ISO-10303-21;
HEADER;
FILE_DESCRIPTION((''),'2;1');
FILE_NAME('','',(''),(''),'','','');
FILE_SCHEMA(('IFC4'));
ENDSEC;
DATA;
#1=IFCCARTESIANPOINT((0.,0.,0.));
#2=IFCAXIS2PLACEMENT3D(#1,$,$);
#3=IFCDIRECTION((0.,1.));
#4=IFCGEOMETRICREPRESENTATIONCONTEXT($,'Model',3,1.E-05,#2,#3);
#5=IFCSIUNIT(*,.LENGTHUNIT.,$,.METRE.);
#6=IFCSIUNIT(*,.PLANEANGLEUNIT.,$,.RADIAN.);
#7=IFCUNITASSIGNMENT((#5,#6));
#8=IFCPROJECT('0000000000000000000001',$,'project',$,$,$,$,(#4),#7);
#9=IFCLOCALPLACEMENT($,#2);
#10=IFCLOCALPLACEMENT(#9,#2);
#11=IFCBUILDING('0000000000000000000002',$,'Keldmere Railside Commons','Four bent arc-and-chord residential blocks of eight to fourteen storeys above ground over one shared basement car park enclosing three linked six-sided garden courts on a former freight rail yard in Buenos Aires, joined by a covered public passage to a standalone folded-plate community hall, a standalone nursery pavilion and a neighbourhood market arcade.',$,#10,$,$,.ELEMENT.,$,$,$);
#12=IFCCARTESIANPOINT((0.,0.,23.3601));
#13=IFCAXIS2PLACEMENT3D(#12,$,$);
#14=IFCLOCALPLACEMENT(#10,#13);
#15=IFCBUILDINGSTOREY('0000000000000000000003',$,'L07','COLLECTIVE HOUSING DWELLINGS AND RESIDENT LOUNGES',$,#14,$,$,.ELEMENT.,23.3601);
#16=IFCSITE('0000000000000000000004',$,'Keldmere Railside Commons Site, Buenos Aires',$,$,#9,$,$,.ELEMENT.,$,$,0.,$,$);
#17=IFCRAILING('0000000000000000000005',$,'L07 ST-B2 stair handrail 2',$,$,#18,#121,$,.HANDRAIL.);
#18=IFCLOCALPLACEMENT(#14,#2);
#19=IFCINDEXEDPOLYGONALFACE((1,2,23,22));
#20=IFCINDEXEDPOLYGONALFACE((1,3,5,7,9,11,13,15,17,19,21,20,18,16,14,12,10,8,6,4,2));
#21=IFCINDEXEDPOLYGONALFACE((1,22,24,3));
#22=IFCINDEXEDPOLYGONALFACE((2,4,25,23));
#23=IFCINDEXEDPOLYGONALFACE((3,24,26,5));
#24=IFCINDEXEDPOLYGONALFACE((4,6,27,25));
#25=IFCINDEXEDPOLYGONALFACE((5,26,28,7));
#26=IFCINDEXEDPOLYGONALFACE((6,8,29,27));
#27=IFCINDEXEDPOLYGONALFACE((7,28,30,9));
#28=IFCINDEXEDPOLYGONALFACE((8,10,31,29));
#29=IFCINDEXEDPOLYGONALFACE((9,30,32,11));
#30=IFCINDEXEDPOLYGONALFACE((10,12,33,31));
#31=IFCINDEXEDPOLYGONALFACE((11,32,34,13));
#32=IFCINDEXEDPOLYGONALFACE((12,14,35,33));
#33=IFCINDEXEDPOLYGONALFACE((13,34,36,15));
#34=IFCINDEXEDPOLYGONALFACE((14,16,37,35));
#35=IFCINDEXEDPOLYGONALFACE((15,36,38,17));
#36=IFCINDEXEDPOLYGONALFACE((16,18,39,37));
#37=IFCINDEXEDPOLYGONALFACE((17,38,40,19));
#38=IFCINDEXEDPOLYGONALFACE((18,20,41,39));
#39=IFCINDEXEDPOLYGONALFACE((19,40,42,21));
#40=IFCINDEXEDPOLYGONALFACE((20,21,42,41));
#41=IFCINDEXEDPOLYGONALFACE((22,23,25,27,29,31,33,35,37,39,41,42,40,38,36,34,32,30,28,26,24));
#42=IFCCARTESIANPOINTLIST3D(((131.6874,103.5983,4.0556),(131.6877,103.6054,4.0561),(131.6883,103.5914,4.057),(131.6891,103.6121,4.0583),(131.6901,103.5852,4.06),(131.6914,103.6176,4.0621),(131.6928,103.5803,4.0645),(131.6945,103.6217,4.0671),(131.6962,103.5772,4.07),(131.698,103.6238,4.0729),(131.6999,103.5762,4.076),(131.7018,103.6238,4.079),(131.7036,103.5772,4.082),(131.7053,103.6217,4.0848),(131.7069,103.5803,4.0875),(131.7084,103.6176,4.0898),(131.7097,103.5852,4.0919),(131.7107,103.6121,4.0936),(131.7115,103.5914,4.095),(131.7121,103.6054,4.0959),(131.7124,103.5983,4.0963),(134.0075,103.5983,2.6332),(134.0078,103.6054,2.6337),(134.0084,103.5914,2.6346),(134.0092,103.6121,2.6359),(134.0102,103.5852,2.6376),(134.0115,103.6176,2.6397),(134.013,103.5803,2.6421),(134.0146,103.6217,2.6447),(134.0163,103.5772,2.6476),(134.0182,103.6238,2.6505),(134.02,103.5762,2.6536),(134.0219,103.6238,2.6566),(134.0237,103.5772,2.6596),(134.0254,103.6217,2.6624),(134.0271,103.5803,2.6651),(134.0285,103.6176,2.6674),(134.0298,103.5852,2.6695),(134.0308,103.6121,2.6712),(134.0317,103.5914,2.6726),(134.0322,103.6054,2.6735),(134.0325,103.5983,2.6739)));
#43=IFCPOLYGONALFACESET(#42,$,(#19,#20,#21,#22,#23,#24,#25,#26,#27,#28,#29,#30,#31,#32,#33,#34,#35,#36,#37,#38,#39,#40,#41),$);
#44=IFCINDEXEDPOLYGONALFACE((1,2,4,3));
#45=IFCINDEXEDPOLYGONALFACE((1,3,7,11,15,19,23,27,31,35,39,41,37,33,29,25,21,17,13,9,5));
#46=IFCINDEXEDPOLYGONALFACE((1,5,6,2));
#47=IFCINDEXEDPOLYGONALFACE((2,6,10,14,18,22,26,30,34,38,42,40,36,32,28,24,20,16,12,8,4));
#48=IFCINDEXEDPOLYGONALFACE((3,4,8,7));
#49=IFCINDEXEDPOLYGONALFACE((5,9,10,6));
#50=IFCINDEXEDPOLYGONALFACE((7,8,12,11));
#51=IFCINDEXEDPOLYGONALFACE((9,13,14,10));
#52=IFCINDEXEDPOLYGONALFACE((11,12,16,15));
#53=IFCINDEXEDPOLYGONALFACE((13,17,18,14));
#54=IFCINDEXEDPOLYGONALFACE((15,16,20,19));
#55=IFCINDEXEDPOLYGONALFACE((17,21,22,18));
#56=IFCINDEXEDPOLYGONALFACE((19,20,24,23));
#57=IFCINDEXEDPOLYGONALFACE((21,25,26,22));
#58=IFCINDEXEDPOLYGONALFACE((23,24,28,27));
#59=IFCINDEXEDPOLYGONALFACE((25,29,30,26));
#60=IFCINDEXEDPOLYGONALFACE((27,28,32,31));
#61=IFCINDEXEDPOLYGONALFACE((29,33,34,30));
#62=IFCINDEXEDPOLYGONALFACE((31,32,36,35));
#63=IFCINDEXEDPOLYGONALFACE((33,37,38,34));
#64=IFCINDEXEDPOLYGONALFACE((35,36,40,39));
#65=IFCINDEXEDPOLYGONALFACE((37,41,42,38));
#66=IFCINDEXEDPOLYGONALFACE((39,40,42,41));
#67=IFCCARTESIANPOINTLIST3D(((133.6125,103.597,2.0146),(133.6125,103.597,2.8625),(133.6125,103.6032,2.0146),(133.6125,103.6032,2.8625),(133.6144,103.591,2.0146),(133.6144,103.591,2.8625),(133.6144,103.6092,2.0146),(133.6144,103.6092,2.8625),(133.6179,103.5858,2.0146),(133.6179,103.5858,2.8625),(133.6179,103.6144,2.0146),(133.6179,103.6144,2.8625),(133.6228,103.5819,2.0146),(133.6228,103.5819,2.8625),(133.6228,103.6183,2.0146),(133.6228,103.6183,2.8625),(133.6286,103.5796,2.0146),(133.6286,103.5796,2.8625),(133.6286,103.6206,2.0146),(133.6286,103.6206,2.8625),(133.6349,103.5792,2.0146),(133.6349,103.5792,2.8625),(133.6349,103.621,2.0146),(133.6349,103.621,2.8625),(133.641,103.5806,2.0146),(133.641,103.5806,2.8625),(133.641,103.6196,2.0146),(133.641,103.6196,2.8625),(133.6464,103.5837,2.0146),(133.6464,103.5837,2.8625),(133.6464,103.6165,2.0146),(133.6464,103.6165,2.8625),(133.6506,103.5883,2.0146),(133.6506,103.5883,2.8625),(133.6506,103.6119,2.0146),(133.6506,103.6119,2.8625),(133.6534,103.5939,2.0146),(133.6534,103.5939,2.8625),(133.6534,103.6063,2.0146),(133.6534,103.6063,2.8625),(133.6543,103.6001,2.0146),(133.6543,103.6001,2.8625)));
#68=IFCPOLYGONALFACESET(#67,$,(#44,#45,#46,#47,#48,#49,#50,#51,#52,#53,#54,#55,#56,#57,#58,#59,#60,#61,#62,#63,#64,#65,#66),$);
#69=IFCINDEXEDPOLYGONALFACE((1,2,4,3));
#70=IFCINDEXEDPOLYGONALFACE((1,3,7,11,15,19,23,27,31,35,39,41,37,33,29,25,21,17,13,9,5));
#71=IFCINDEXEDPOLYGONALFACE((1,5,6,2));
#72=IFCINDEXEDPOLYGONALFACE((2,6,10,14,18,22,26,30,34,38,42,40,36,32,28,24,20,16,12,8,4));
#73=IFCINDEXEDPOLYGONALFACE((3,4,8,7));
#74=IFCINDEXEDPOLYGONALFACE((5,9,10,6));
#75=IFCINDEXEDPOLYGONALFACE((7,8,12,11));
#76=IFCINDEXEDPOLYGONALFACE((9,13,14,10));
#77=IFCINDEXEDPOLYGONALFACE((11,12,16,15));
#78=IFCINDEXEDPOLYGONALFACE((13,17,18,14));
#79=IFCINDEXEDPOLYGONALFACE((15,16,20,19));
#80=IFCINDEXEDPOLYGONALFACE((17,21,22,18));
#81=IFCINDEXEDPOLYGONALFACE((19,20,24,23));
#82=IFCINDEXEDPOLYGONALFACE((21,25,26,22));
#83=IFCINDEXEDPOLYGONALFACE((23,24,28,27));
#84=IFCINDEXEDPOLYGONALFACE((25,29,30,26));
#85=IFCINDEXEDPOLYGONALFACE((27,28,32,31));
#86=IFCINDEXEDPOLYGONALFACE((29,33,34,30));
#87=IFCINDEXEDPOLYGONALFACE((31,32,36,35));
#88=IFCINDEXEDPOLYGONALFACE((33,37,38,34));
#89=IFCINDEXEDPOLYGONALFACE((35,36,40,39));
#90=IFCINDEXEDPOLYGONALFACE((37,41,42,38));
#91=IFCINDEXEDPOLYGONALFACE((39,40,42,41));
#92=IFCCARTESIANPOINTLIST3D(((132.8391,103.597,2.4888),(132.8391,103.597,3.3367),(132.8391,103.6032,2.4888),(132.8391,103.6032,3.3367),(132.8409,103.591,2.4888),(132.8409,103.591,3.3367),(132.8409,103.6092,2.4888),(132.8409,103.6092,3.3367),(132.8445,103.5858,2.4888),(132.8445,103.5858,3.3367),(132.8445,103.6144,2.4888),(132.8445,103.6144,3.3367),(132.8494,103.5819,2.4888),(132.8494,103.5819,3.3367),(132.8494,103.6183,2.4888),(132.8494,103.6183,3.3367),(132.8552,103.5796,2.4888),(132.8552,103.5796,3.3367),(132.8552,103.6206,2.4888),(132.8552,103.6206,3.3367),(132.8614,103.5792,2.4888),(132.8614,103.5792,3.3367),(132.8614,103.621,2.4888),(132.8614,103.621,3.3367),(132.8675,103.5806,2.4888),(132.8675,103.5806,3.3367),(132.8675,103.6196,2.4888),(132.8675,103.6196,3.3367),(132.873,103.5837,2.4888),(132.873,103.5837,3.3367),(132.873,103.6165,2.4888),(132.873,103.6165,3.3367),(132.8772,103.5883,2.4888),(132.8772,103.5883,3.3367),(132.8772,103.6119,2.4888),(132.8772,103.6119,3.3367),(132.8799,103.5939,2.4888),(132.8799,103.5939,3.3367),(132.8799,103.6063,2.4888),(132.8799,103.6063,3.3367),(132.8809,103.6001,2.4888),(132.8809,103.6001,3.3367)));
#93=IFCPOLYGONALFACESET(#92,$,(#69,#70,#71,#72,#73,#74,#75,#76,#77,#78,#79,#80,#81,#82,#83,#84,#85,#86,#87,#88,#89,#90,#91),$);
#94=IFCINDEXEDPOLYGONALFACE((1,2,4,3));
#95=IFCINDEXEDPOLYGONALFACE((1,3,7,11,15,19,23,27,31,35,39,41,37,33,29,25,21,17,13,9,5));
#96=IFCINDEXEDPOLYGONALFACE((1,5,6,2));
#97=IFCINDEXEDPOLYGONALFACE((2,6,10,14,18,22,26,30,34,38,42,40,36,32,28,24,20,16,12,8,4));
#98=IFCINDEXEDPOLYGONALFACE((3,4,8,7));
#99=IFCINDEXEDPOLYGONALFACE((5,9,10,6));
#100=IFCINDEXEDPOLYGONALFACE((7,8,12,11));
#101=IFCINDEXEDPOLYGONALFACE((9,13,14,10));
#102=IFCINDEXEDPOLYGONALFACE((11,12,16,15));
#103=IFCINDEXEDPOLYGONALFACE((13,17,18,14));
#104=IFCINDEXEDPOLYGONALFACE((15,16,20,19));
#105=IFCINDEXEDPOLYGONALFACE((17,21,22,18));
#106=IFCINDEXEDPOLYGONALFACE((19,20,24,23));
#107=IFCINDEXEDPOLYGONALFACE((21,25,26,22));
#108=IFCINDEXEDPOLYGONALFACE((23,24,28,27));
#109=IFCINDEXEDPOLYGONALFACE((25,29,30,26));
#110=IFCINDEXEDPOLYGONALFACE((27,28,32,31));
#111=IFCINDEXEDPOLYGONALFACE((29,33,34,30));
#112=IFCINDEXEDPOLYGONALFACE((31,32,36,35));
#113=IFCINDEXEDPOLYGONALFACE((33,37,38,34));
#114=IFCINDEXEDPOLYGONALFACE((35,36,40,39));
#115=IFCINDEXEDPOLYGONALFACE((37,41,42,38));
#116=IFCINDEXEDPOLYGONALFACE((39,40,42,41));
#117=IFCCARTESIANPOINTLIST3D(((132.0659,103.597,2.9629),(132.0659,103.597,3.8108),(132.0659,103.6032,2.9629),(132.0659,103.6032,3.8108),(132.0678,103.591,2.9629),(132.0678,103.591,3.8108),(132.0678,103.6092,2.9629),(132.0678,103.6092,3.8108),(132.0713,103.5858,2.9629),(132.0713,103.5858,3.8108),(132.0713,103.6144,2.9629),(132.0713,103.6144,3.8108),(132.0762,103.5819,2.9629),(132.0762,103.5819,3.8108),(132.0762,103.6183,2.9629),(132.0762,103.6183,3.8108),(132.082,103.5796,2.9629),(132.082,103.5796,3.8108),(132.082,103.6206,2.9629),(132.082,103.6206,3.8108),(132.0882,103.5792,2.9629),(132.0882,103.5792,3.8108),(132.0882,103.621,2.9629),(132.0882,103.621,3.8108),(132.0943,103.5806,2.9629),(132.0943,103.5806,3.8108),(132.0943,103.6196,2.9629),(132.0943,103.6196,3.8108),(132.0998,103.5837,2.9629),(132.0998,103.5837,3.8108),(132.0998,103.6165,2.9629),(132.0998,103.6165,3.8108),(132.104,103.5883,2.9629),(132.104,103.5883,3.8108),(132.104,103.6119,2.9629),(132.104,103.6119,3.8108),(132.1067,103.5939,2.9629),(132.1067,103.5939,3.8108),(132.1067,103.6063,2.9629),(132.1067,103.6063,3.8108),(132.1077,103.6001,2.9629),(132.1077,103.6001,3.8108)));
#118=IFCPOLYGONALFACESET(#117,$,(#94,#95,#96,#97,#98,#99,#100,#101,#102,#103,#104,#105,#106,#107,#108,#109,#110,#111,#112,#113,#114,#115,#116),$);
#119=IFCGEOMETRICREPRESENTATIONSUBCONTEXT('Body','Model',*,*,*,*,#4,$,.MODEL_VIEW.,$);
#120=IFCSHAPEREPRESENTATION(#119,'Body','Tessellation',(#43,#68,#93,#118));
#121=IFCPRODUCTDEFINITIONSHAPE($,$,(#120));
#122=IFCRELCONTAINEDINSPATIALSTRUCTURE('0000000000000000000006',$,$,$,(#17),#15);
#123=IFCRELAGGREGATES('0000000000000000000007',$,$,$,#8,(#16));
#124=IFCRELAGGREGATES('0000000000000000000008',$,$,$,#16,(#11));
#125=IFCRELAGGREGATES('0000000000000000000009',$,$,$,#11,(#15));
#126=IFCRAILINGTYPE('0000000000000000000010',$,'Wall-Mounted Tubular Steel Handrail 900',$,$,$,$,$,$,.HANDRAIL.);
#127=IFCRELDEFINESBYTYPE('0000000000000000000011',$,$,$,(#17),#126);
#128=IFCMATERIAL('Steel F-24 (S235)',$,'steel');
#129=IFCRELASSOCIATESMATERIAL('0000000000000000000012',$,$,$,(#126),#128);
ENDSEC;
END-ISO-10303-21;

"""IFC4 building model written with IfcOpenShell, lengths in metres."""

from ifc_helpers import new_model, si_unit, direction, frame, origin, origin_2d, place, context, subcontext, project, spatial, circle, extrude, material, type_object, element, save


model = new_model("IFC4")

# Units and contexts
model_context = context("Model", 3, precision=1e-05, world=origin(), true_north=direction((0.0, 1.0)))
body_context = subcontext(model_context, "Body", "Model", "MODEL_VIEW")
ifc_project = project(units=[si_unit("LENGTHUNIT", "METRE"), si_unit("PLANEANGLEUNIT", "RADIAN")], contexts=[model_context])

# Site, building, storey
site_placement = place(None, origin())
site = spatial("IfcSite", under=ifc_project, at=site_placement, Name="Keldmere Railside Commons Site, Buenos Aires", CompositionType="ELEMENT", RefElevation=0.0)
building_placement = place(site_placement, origin())
building = spatial("IfcBuilding", under=site, at=building_placement, Name="Keldmere Railside Commons", Description="Four bent arc-and-chord residential blocks of eight to fourteen storeys above ground over one shared basement car park enclosing three linked six-sided garden courts on a former freight rail yard in Buenos Aires, joined by a covered public passage to a standalone folded-plate community hall, a standalone nursery pavilion and a neighbourhood market arcade.", CompositionType="ELEMENT")
storey_placement = place(building_placement, frame((0.0, 0.0, 23.3601)))
storey = spatial("IfcBuildingStorey", under=building, at=storey_placement, Name="L07", Description="COLLECTIVE HOUSING DWELLINGS AND RESIDENT LOUNGES", CompositionType="ELEMENT", Elevation=23.3601)

# Shared definitions
ifc_material_1 = material(Name="Steel F-24 (S235)", Category="steel")

# Railing
railing_type_1 = type_object("IfcRailingType", Name="Wall-Mounted Tubular Steel Handrail 900", PredefinedType="HANDRAIL", material=ifc_material_1)
railing_1_placement = place(storey_placement, frame((134.02, 103.6001, 1.7776)))
element("IfcRailing", 1, at=railing_1_placement, inside=storey, type_object=railing_type_1, Name="L07 ST-B2 stair handrail 2", PredefinedType="HANDRAIL", context=body_context, shape_type="SweptSolid", body=[
    extrude(circle(Radius=0.0239, at=origin_2d()), frame((0.0, 0.0, 0.876), z_axis=(-0.852538, 0.0, 0.522665), x_axis=(0.0, -1.0, 0.0)), (0.0, 0.0, 1.0), 2.7214),
    extrude(circle(Radius=0.021, at=origin_2d()), frame((-0.3867, 0.0, 0.2371)), (0.0, 0.0, 1.0), 0.8479),
    extrude(circle(Radius=0.021, at=origin_2d()), frame((-1.1602, 0.0, 0.7112)), (0.0, 0.0, 1.0), 0.8479),
    extrude(circle(Radius=0.021, at=origin_2d()), frame((-1.9333, 0.0, 1.1853)), (0.0, 0.0, 1.0), 0.8479),
])

save(model, "model.ifc")
